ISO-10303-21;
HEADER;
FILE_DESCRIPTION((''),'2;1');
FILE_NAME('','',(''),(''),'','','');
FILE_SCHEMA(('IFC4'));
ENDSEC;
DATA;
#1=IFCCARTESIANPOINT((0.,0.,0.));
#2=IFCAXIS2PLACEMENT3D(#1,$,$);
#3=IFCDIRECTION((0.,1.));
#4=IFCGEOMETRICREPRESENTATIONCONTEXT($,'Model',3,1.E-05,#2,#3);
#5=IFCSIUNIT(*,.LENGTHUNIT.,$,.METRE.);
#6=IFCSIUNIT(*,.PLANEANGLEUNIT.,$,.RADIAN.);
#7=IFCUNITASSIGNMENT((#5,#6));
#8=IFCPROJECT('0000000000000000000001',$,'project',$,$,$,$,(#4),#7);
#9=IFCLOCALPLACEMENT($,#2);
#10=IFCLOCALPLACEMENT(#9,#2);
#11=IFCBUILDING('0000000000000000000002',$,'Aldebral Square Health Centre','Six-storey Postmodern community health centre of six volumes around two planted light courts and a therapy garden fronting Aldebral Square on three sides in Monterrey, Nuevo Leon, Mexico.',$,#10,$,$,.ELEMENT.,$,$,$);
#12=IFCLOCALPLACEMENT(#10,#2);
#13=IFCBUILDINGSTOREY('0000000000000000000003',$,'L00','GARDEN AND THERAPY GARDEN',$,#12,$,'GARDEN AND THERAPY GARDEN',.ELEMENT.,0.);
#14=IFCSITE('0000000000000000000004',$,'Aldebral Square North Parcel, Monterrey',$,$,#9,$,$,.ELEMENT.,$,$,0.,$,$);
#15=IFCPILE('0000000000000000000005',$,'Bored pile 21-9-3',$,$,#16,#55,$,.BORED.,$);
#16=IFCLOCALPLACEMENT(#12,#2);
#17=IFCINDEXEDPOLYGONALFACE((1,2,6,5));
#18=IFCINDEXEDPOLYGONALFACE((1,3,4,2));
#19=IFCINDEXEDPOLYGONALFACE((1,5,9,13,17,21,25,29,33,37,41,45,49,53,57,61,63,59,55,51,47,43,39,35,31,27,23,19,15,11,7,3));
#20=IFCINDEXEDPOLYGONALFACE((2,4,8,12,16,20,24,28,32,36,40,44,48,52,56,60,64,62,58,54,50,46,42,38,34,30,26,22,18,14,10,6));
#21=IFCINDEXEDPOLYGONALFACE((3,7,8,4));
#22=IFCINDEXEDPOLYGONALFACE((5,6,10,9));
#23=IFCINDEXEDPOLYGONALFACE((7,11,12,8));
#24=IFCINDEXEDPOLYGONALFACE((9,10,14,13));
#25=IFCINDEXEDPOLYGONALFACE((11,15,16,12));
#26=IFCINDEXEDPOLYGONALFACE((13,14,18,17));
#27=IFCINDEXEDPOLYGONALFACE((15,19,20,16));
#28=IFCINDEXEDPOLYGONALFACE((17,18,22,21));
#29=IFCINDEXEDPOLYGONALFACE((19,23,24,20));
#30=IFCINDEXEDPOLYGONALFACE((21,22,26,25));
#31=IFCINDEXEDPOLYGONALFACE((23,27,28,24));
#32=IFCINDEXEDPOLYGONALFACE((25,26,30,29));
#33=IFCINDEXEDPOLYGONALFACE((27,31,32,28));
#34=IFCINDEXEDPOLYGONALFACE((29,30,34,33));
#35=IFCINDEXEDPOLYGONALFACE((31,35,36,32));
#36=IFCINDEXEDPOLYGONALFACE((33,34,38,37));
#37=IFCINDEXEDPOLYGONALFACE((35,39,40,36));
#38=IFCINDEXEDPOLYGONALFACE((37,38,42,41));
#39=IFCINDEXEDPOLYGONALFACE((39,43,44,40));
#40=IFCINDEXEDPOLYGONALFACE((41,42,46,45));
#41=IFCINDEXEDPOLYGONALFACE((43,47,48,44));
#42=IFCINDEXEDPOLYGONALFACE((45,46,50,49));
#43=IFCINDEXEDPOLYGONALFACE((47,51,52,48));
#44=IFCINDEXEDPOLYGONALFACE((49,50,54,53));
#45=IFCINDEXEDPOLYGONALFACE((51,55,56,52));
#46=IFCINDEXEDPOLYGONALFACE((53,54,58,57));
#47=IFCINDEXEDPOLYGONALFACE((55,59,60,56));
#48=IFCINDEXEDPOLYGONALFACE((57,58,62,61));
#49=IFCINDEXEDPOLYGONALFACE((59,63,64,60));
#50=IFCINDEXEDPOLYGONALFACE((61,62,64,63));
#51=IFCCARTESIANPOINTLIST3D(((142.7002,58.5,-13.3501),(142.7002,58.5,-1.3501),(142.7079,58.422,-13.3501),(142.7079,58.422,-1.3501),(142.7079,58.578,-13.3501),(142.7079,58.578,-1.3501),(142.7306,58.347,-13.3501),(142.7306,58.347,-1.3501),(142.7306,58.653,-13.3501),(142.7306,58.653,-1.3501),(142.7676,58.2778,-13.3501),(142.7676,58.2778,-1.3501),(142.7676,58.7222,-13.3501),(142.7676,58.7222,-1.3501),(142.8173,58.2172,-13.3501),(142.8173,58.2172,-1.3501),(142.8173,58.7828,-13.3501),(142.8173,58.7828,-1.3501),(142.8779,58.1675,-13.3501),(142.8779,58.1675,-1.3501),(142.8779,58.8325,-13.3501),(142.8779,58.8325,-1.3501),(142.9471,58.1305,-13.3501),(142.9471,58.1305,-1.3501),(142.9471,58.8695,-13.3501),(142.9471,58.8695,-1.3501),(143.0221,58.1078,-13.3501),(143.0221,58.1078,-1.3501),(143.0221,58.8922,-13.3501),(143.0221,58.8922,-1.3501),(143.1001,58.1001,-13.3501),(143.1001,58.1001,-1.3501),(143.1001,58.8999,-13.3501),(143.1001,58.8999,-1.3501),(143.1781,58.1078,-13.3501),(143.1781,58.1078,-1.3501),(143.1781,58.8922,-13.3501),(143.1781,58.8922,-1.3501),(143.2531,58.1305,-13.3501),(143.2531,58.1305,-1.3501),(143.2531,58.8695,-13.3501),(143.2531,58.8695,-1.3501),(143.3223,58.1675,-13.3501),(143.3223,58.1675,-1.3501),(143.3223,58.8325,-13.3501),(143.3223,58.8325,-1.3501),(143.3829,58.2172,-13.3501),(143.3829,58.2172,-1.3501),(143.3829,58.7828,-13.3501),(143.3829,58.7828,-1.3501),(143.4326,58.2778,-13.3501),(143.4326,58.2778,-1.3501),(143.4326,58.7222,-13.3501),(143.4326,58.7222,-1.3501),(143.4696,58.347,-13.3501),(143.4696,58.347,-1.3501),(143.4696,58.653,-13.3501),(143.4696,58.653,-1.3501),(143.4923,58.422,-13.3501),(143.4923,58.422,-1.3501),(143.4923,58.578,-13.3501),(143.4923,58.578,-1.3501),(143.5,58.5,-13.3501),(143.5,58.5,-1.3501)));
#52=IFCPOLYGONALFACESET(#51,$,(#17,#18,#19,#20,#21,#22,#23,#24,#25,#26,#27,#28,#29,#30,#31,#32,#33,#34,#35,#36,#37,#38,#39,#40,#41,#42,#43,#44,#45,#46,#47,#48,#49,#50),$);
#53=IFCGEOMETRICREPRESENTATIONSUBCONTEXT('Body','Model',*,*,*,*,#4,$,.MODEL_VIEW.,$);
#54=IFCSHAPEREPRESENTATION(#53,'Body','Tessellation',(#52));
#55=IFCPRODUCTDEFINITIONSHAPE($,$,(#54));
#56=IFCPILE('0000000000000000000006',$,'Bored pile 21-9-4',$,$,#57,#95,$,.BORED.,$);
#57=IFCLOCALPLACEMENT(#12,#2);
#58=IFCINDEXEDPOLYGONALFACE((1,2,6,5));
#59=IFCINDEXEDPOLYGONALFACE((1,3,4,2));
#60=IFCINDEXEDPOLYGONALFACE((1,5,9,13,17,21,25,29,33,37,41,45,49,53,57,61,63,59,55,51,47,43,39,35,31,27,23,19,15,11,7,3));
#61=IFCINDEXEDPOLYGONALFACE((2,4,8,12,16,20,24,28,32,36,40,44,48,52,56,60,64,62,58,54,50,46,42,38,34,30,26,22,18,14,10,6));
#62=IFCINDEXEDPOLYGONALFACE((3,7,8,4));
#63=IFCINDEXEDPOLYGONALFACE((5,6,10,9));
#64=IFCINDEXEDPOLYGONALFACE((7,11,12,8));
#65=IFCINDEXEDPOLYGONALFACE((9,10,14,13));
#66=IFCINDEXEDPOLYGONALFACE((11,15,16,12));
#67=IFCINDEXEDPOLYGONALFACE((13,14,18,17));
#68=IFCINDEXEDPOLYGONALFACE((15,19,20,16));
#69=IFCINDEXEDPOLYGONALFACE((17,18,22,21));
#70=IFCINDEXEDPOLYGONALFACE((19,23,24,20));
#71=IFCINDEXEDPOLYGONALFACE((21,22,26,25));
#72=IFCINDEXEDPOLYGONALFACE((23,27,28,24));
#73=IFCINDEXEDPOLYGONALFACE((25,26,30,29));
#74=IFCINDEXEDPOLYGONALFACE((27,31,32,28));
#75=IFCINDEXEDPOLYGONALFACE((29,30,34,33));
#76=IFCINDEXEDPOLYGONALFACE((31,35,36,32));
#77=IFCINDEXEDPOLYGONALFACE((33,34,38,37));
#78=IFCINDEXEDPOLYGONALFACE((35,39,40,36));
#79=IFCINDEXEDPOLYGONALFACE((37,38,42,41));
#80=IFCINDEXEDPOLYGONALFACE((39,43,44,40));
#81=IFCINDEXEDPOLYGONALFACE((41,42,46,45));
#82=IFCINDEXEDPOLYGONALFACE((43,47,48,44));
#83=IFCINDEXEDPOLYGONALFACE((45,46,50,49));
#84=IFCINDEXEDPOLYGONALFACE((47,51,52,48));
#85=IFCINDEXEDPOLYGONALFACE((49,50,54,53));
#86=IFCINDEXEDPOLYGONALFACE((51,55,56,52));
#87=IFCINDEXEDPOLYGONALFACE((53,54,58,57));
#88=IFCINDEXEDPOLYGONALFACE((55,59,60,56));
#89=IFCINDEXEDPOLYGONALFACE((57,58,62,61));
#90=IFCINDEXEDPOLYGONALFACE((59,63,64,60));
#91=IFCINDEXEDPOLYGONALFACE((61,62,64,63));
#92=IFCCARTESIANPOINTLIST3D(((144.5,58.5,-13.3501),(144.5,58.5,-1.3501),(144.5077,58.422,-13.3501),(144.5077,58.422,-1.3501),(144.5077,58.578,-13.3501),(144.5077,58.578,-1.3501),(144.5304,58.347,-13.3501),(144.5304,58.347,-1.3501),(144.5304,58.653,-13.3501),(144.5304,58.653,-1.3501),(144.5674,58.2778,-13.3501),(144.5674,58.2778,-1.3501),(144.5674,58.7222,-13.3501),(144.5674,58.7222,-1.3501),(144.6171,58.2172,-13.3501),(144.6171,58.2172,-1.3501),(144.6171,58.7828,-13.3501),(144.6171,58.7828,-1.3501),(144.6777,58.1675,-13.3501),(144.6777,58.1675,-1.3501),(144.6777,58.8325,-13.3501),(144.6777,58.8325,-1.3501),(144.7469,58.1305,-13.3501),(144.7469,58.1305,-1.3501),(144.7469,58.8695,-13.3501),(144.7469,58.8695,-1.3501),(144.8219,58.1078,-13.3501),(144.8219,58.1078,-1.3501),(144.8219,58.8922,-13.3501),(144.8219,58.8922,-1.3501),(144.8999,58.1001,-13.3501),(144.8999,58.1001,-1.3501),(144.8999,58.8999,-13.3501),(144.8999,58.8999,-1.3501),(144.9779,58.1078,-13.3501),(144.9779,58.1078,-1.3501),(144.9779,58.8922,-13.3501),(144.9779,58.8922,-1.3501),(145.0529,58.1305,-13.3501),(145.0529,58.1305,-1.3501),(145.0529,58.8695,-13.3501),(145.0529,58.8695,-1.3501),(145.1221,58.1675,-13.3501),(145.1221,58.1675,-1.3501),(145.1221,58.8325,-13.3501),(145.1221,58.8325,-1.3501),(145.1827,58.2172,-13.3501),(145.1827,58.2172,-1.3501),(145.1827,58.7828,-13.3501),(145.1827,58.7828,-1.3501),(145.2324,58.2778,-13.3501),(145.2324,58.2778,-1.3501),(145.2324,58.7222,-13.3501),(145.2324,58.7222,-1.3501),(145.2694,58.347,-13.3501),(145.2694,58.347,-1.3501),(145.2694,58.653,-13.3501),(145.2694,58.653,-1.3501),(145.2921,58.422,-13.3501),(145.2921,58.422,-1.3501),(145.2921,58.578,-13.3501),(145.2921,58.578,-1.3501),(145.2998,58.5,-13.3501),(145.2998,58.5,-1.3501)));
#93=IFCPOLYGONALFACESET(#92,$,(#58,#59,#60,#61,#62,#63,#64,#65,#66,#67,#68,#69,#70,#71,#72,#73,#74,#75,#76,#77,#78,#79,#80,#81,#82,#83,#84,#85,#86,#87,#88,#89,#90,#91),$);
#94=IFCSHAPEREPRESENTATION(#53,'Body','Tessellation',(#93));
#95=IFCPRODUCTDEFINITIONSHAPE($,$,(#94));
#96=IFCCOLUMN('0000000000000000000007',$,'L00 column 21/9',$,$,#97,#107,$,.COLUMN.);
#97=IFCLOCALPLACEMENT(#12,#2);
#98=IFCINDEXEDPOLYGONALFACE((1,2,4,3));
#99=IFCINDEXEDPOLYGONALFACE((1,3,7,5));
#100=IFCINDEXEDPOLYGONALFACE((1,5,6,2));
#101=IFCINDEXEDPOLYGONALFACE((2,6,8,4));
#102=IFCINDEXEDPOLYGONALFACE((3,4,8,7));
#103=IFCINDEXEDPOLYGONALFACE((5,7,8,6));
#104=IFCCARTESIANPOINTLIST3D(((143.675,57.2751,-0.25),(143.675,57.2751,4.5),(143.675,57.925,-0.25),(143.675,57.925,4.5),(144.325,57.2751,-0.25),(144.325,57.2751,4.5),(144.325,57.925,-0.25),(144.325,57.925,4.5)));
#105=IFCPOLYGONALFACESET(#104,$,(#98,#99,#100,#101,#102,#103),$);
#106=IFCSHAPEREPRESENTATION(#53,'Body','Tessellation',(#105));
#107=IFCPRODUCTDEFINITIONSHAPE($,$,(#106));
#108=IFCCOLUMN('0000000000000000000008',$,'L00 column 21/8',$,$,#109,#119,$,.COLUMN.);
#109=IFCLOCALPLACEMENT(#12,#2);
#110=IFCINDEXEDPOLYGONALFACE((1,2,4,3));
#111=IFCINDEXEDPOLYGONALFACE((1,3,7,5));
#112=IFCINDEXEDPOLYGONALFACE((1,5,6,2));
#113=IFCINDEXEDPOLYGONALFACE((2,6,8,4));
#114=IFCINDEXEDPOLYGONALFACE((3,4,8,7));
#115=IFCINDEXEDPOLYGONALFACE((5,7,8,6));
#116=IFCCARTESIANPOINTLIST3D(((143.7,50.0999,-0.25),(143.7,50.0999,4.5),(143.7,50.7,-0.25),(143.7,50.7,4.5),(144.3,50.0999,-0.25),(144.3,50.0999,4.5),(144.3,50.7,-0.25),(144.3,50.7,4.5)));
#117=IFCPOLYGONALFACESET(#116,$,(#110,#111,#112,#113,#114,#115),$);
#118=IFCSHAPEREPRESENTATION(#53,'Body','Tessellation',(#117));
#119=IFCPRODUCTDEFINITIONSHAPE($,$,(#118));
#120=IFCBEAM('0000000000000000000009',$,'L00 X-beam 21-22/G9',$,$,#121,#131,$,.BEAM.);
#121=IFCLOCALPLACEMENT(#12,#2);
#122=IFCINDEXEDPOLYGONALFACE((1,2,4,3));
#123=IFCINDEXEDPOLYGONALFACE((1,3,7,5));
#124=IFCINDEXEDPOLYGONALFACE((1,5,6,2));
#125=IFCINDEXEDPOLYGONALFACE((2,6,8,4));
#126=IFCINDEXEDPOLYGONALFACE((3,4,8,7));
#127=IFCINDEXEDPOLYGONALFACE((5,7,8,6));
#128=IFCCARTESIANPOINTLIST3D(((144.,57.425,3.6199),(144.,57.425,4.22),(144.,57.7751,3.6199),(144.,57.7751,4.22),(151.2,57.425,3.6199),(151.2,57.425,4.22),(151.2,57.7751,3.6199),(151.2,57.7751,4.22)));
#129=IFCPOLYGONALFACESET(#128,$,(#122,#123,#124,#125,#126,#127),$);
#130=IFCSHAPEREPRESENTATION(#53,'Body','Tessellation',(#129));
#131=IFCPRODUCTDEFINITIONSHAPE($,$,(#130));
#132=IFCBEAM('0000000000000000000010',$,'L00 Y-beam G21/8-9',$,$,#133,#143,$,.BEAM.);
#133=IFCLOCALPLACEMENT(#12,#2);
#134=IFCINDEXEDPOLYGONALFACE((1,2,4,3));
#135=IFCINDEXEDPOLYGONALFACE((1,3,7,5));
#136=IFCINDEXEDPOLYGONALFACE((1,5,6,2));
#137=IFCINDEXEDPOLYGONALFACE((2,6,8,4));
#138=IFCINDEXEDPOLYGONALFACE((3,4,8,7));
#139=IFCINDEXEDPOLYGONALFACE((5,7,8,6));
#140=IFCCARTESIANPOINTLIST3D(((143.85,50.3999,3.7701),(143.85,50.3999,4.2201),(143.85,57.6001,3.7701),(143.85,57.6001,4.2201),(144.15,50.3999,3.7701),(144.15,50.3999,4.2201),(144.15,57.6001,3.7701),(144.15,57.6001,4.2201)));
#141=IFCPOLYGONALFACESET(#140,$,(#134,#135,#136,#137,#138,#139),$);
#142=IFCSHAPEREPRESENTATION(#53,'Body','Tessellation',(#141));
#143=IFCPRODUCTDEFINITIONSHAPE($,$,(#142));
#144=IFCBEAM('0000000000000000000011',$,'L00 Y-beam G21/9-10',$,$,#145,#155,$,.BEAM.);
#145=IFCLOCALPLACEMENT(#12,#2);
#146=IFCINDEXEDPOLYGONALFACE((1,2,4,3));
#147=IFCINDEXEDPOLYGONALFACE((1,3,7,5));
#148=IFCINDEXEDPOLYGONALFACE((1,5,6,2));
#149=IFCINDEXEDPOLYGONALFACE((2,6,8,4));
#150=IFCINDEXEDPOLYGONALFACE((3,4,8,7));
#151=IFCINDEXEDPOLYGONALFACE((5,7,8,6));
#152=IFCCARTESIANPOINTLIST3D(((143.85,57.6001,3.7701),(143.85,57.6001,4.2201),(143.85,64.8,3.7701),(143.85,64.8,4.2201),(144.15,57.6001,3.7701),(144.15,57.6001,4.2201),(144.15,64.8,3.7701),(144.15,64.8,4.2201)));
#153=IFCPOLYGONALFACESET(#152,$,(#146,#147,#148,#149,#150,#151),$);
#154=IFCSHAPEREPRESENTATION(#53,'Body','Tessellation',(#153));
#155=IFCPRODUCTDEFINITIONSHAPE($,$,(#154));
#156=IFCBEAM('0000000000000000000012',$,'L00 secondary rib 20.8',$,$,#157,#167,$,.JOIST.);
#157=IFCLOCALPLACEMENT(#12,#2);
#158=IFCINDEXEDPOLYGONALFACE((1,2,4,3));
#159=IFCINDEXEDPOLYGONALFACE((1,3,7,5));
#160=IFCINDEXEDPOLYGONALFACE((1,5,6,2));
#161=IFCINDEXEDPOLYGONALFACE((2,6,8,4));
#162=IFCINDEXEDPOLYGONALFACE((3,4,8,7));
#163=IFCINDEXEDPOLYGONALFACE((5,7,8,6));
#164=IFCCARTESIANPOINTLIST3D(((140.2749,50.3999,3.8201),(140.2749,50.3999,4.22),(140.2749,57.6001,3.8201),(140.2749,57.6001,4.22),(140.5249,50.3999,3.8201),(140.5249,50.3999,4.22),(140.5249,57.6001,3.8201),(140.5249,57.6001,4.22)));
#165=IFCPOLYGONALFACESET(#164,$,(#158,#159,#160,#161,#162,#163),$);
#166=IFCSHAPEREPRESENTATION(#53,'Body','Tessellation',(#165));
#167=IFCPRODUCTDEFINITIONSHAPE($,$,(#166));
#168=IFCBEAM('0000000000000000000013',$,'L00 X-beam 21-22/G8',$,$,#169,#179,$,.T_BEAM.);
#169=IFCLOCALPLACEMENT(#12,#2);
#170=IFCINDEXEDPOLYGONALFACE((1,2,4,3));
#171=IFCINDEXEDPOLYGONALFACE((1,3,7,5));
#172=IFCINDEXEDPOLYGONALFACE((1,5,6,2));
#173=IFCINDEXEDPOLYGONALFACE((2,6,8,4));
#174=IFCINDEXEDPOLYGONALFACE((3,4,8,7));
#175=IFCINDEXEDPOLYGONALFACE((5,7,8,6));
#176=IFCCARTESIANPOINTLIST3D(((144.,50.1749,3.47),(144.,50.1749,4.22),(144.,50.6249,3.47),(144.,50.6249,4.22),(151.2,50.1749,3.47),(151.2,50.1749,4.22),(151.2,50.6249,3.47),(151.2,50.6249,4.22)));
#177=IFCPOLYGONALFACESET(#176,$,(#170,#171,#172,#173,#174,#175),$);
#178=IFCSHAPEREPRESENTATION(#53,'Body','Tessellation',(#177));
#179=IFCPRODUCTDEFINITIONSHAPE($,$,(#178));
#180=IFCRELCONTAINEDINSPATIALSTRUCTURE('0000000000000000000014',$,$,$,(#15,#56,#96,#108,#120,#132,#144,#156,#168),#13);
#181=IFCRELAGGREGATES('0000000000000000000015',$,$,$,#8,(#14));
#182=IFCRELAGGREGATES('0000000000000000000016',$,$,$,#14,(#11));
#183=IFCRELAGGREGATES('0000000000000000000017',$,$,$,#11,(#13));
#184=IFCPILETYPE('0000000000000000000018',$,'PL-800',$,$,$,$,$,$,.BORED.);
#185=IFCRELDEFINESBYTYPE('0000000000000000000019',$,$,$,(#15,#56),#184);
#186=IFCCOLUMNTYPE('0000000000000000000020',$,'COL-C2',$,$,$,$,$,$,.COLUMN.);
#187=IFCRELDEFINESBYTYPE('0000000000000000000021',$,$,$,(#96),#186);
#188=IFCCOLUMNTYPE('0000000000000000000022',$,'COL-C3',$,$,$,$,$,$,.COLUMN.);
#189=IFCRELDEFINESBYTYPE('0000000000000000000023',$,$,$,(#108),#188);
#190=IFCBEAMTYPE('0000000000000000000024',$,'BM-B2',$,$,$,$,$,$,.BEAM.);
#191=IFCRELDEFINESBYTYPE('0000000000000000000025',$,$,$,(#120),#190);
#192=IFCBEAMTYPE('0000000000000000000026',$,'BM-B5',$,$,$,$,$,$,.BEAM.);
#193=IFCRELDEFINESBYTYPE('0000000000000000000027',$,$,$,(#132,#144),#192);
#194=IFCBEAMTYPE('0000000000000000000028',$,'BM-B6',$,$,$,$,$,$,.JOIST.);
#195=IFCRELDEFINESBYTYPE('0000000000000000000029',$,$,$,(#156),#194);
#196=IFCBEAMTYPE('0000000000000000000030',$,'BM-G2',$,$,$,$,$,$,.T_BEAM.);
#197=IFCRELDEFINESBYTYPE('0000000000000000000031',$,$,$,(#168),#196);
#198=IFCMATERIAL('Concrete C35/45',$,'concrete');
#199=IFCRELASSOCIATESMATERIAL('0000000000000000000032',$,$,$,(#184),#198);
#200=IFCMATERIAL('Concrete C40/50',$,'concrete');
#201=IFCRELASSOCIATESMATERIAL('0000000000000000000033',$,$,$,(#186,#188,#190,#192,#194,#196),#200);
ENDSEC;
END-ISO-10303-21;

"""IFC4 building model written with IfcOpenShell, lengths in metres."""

from ifc_helpers import new_model, si_unit, direction, frame, origin, origin_2d, place, context, subcontext, project, spatial, rectangle, circle, extrude, material, material_profile, profile_set, type_object, element, save


model = new_model("IFC4")

# Units and contexts
model_context = context("Model", 3, precision=1e-05, world=origin(), true_north=direction((0.0, 1.0)))
body_context = subcontext(model_context, "Body", "Model", "MODEL_VIEW")
ifc_project = project(units=[si_unit("LENGTHUNIT", "METRE"), si_unit("PLANEANGLEUNIT", "RADIAN")], contexts=[model_context])

# Site, building, storey
site_placement = place(None, origin())
site = spatial("IfcSite", under=ifc_project, at=site_placement, Name="Aldebral Square North Parcel, Monterrey", CompositionType="ELEMENT", RefElevation=0.0)
building_placement = place(site_placement, origin())
building = spatial("IfcBuilding", under=site, at=building_placement, Name="Aldebral Square Health Centre", Description="Six-storey Postmodern community health centre of six volumes around two planted light courts and a therapy garden fronting Aldebral Square on three sides in Monterrey, Nuevo Leon, Mexico.", CompositionType="ELEMENT")
storey_placement = place(building_placement, origin())
storey = spatial("IfcBuildingStorey", under=building, at=storey_placement, Name="L00", Description="GARDEN AND THERAPY GARDEN", LongName="GARDEN AND THERAPY GARDEN", CompositionType="ELEMENT", Elevation=0.0)

# Shared definitions
ifc_material_1 = material(Name="Concrete C35/45", Category="concrete")

# Piles
ifc_material_profile_1 = material_profile(ifc_material_1, circle(Radius=0.3999, at=origin_2d()), Name="PILE D800")
ifc_profile_set_1 = profile_set([ifc_material_profile_1], Name="Concrete C35/45")
pile_type_1 = type_object("IfcPileType", Name="PL-800", PredefinedType="BORED", material=ifc_profile_set_1)
for number, where, z_axis, x_axis, name in (
    (1, (143.1001, 58.5, -1.3501), (0.0, 0.0, -1.0), (1.0, 0.0, 0.0), "Bored pile 21-9-3"),
    (2, (144.8999, 58.5, -1.3501), (0.0, 0.0, -1.0), (1.0, 0.0, 0.0), "Bored pile 21-9-4"),
):
    element("IfcPile", number, at=place(storey_placement, frame(where, z_axis=z_axis, x_axis=x_axis)), inside=storey, type_object=pile_type_1, Name=name, PredefinedType="BORED", context=body_context, shape_type="SweptSolid", body=[
        extrude(circle(Radius=0.3999, at=origin_2d()), origin(), (0.0, 0.0, 1.0), 12.0),
    ])

# Columns
ifc_material_2 = material(Name="Concrete C40/50", Category="concrete")
ifc_material_profile_2 = material_profile(ifc_material_2, rectangle(XDim=0.6499, YDim=0.6499, at=origin_2d()), Name="RC 650x650")
ifc_profile_set_2 = profile_set([ifc_material_profile_2], Name="Concrete C40/50")
column_type_1 = type_object("IfcColumnType", Name="COL-C2", PredefinedType="COLUMN", material=ifc_profile_set_2)
column_1_placement = place(storey_placement, frame((144.0, 57.6001, -0.25), z_axis=(0.0, 0.0, 1.0), x_axis=(1.0, 0.0, 0.0)))
element("IfcColumn", 3, at=column_1_placement, inside=storey, type_object=column_type_1, Name="L00 column 21/9", PredefinedType="COLUMN", context=body_context, shape_type="SweptSolid", body=[
    extrude(rectangle(XDim=0.6499, YDim=0.6499, at=origin_2d()), origin(), (0.0, 0.0, 1.0), 4.75),
])
ifc_material_profile_3 = material_profile(ifc_material_2, rectangle(XDim=0.6001, YDim=0.6001, at=origin_2d()), Name="RC 600x600")
ifc_profile_set_3 = profile_set([ifc_material_profile_3], Name="Concrete C40/50")
column_type_2 = type_object("IfcColumnType", Name="COL-C3", PredefinedType="COLUMN", material=ifc_profile_set_3)
column_2_placement = place(storey_placement, frame((144.0, 50.3999, -0.25), z_axis=(0.0, 0.0, 1.0), x_axis=(1.0, 0.0, 0.0)))
element("IfcColumn", 4, at=column_2_placement, inside=storey, type_object=column_type_2, Name="L00 column 21/8", PredefinedType="COLUMN", context=body_context, shape_type="SweptSolid", body=[
    extrude(rectangle(XDim=0.6001, YDim=0.6001, at=origin_2d()), origin(), (0.0, 0.0, 1.0), 4.75),
])

# Beams
ifc_material_profile_4 = material_profile(ifc_material_2, rectangle(XDim=0.3501, YDim=0.6001, at=origin_2d()), Name="RC 350x600")
ifc_profile_set_4 = profile_set([ifc_material_profile_4], Name="Concrete C40/50")
beam_type_1 = type_object("IfcBeamType", Name="BM-B2", PredefinedType="BEAM", material=ifc_profile_set_4)
beam_1_placement = place(storey_placement, frame((144.0, 57.6001, 3.9199), z_axis=(1.0, 0.0, 0.0), x_axis=(0.0, 1.0, 0.0)))
element("IfcBeam", 5, at=beam_1_placement, inside=storey, type_object=beam_type_1, Name="L00 X-beam 21-22/G9", PredefinedType="BEAM", context=body_context, shape_type="SweptSolid", body=[
    extrude(rectangle(XDim=0.3501, YDim=0.6001, at=origin_2d()), origin(), (0.0, 0.0, 1.0), 7.2),
])
ifc_material_profile_5 = material_profile(ifc_material_2, rectangle(XDim=0.3, YDim=0.45, at=origin_2d()), Name="RC 300x450")
ifc_profile_set_5 = profile_set([ifc_material_profile_5], Name="Concrete C40/50")
beam_type_2 = type_object("IfcBeamType", Name="BM-B5", PredefinedType="BEAM", material=ifc_profile_set_5)
beam_2_placement = place(storey_placement, frame((144.0, 50.3999, 3.9951), z_axis=(0.0, 1.0, 0.0), x_axis=(-1.0, 0.0, 0.0)))
element("IfcBeam", 6, at=beam_2_placement, inside=storey, type_object=beam_type_2, Name="L00 Y-beam G21/8-9", PredefinedType="BEAM", context=body_context, shape_type="SweptSolid", body=[
    extrude(rectangle(XDim=0.3, YDim=0.45, at=origin_2d()), origin(), (0.0, 0.0, 1.0), 7.2002),
])
beam_3_placement = place(storey_placement, frame((144.0, 57.6001, 3.9951), z_axis=(0.0, 1.0, 0.0), x_axis=(-1.0, 0.0, 0.0)))
element("IfcBeam", 7, at=beam_3_placement, inside=storey, type_object=beam_type_2, Name="L00 Y-beam G21/9-10", PredefinedType="BEAM", context=body_context, shape_type="SweptSolid", body=[
    extrude(rectangle(XDim=0.3, YDim=0.45, at=origin_2d()), origin(), (0.0, 0.0, 1.0), 7.2),
])
ifc_material_profile_6 = material_profile(ifc_material_2, rectangle(XDim=0.25, YDim=0.3999, at=origin_2d()), Name="RC 250x400")
ifc_profile_set_6 = profile_set([ifc_material_profile_6], Name="Concrete C40/50")
beam_type_3 = type_object("IfcBeamType", Name="BM-B6", PredefinedType="JOIST", material=ifc_profile_set_6)
beam_4_placement = place(storey_placement, frame((140.3999, 50.3999, 4.02), z_axis=(0.0, 1.0, 0.0), x_axis=(-1.0, 0.0, 0.0)))
element("IfcBeam", 8, at=beam_4_placement, inside=storey, type_object=beam_type_3, Name="L00 secondary rib 20.8", PredefinedType="JOIST", context=body_context, shape_type="SweptSolid", body=[
    extrude(rectangle(XDim=0.25, YDim=0.3999, at=origin_2d()), origin(), (0.0, 0.0, 1.0), 7.2002),
])
ifc_material_profile_7 = material_profile(ifc_material_2, rectangle(XDim=0.45, YDim=0.75, at=origin_2d()), Name="RC 450x750")
ifc_profile_set_7 = profile_set([ifc_material_profile_7], Name="Concrete C40/50")
beam_type_4 = type_object("IfcBeamType", Name="BM-G2", PredefinedType="T_BEAM", material=ifc_profile_set_7)
beam_5_placement = place(storey_placement, frame((144.0, 50.3999, 3.845), z_axis=(1.0, 0.0, 0.0), x_axis=(0.0, 1.0, 0.0)))
element("IfcBeam", 9, at=beam_5_placement, inside=storey, type_object=beam_type_4, Name="L00 X-beam 21-22/G8", PredefinedType="T_BEAM", context=body_context, shape_type="SweptSolid", body=[
    extrude(rectangle(XDim=0.45, YDim=0.75, at=origin_2d()), origin(), (0.0, 0.0, 1.0), 7.2),
])

save(model, "model.ifc")
